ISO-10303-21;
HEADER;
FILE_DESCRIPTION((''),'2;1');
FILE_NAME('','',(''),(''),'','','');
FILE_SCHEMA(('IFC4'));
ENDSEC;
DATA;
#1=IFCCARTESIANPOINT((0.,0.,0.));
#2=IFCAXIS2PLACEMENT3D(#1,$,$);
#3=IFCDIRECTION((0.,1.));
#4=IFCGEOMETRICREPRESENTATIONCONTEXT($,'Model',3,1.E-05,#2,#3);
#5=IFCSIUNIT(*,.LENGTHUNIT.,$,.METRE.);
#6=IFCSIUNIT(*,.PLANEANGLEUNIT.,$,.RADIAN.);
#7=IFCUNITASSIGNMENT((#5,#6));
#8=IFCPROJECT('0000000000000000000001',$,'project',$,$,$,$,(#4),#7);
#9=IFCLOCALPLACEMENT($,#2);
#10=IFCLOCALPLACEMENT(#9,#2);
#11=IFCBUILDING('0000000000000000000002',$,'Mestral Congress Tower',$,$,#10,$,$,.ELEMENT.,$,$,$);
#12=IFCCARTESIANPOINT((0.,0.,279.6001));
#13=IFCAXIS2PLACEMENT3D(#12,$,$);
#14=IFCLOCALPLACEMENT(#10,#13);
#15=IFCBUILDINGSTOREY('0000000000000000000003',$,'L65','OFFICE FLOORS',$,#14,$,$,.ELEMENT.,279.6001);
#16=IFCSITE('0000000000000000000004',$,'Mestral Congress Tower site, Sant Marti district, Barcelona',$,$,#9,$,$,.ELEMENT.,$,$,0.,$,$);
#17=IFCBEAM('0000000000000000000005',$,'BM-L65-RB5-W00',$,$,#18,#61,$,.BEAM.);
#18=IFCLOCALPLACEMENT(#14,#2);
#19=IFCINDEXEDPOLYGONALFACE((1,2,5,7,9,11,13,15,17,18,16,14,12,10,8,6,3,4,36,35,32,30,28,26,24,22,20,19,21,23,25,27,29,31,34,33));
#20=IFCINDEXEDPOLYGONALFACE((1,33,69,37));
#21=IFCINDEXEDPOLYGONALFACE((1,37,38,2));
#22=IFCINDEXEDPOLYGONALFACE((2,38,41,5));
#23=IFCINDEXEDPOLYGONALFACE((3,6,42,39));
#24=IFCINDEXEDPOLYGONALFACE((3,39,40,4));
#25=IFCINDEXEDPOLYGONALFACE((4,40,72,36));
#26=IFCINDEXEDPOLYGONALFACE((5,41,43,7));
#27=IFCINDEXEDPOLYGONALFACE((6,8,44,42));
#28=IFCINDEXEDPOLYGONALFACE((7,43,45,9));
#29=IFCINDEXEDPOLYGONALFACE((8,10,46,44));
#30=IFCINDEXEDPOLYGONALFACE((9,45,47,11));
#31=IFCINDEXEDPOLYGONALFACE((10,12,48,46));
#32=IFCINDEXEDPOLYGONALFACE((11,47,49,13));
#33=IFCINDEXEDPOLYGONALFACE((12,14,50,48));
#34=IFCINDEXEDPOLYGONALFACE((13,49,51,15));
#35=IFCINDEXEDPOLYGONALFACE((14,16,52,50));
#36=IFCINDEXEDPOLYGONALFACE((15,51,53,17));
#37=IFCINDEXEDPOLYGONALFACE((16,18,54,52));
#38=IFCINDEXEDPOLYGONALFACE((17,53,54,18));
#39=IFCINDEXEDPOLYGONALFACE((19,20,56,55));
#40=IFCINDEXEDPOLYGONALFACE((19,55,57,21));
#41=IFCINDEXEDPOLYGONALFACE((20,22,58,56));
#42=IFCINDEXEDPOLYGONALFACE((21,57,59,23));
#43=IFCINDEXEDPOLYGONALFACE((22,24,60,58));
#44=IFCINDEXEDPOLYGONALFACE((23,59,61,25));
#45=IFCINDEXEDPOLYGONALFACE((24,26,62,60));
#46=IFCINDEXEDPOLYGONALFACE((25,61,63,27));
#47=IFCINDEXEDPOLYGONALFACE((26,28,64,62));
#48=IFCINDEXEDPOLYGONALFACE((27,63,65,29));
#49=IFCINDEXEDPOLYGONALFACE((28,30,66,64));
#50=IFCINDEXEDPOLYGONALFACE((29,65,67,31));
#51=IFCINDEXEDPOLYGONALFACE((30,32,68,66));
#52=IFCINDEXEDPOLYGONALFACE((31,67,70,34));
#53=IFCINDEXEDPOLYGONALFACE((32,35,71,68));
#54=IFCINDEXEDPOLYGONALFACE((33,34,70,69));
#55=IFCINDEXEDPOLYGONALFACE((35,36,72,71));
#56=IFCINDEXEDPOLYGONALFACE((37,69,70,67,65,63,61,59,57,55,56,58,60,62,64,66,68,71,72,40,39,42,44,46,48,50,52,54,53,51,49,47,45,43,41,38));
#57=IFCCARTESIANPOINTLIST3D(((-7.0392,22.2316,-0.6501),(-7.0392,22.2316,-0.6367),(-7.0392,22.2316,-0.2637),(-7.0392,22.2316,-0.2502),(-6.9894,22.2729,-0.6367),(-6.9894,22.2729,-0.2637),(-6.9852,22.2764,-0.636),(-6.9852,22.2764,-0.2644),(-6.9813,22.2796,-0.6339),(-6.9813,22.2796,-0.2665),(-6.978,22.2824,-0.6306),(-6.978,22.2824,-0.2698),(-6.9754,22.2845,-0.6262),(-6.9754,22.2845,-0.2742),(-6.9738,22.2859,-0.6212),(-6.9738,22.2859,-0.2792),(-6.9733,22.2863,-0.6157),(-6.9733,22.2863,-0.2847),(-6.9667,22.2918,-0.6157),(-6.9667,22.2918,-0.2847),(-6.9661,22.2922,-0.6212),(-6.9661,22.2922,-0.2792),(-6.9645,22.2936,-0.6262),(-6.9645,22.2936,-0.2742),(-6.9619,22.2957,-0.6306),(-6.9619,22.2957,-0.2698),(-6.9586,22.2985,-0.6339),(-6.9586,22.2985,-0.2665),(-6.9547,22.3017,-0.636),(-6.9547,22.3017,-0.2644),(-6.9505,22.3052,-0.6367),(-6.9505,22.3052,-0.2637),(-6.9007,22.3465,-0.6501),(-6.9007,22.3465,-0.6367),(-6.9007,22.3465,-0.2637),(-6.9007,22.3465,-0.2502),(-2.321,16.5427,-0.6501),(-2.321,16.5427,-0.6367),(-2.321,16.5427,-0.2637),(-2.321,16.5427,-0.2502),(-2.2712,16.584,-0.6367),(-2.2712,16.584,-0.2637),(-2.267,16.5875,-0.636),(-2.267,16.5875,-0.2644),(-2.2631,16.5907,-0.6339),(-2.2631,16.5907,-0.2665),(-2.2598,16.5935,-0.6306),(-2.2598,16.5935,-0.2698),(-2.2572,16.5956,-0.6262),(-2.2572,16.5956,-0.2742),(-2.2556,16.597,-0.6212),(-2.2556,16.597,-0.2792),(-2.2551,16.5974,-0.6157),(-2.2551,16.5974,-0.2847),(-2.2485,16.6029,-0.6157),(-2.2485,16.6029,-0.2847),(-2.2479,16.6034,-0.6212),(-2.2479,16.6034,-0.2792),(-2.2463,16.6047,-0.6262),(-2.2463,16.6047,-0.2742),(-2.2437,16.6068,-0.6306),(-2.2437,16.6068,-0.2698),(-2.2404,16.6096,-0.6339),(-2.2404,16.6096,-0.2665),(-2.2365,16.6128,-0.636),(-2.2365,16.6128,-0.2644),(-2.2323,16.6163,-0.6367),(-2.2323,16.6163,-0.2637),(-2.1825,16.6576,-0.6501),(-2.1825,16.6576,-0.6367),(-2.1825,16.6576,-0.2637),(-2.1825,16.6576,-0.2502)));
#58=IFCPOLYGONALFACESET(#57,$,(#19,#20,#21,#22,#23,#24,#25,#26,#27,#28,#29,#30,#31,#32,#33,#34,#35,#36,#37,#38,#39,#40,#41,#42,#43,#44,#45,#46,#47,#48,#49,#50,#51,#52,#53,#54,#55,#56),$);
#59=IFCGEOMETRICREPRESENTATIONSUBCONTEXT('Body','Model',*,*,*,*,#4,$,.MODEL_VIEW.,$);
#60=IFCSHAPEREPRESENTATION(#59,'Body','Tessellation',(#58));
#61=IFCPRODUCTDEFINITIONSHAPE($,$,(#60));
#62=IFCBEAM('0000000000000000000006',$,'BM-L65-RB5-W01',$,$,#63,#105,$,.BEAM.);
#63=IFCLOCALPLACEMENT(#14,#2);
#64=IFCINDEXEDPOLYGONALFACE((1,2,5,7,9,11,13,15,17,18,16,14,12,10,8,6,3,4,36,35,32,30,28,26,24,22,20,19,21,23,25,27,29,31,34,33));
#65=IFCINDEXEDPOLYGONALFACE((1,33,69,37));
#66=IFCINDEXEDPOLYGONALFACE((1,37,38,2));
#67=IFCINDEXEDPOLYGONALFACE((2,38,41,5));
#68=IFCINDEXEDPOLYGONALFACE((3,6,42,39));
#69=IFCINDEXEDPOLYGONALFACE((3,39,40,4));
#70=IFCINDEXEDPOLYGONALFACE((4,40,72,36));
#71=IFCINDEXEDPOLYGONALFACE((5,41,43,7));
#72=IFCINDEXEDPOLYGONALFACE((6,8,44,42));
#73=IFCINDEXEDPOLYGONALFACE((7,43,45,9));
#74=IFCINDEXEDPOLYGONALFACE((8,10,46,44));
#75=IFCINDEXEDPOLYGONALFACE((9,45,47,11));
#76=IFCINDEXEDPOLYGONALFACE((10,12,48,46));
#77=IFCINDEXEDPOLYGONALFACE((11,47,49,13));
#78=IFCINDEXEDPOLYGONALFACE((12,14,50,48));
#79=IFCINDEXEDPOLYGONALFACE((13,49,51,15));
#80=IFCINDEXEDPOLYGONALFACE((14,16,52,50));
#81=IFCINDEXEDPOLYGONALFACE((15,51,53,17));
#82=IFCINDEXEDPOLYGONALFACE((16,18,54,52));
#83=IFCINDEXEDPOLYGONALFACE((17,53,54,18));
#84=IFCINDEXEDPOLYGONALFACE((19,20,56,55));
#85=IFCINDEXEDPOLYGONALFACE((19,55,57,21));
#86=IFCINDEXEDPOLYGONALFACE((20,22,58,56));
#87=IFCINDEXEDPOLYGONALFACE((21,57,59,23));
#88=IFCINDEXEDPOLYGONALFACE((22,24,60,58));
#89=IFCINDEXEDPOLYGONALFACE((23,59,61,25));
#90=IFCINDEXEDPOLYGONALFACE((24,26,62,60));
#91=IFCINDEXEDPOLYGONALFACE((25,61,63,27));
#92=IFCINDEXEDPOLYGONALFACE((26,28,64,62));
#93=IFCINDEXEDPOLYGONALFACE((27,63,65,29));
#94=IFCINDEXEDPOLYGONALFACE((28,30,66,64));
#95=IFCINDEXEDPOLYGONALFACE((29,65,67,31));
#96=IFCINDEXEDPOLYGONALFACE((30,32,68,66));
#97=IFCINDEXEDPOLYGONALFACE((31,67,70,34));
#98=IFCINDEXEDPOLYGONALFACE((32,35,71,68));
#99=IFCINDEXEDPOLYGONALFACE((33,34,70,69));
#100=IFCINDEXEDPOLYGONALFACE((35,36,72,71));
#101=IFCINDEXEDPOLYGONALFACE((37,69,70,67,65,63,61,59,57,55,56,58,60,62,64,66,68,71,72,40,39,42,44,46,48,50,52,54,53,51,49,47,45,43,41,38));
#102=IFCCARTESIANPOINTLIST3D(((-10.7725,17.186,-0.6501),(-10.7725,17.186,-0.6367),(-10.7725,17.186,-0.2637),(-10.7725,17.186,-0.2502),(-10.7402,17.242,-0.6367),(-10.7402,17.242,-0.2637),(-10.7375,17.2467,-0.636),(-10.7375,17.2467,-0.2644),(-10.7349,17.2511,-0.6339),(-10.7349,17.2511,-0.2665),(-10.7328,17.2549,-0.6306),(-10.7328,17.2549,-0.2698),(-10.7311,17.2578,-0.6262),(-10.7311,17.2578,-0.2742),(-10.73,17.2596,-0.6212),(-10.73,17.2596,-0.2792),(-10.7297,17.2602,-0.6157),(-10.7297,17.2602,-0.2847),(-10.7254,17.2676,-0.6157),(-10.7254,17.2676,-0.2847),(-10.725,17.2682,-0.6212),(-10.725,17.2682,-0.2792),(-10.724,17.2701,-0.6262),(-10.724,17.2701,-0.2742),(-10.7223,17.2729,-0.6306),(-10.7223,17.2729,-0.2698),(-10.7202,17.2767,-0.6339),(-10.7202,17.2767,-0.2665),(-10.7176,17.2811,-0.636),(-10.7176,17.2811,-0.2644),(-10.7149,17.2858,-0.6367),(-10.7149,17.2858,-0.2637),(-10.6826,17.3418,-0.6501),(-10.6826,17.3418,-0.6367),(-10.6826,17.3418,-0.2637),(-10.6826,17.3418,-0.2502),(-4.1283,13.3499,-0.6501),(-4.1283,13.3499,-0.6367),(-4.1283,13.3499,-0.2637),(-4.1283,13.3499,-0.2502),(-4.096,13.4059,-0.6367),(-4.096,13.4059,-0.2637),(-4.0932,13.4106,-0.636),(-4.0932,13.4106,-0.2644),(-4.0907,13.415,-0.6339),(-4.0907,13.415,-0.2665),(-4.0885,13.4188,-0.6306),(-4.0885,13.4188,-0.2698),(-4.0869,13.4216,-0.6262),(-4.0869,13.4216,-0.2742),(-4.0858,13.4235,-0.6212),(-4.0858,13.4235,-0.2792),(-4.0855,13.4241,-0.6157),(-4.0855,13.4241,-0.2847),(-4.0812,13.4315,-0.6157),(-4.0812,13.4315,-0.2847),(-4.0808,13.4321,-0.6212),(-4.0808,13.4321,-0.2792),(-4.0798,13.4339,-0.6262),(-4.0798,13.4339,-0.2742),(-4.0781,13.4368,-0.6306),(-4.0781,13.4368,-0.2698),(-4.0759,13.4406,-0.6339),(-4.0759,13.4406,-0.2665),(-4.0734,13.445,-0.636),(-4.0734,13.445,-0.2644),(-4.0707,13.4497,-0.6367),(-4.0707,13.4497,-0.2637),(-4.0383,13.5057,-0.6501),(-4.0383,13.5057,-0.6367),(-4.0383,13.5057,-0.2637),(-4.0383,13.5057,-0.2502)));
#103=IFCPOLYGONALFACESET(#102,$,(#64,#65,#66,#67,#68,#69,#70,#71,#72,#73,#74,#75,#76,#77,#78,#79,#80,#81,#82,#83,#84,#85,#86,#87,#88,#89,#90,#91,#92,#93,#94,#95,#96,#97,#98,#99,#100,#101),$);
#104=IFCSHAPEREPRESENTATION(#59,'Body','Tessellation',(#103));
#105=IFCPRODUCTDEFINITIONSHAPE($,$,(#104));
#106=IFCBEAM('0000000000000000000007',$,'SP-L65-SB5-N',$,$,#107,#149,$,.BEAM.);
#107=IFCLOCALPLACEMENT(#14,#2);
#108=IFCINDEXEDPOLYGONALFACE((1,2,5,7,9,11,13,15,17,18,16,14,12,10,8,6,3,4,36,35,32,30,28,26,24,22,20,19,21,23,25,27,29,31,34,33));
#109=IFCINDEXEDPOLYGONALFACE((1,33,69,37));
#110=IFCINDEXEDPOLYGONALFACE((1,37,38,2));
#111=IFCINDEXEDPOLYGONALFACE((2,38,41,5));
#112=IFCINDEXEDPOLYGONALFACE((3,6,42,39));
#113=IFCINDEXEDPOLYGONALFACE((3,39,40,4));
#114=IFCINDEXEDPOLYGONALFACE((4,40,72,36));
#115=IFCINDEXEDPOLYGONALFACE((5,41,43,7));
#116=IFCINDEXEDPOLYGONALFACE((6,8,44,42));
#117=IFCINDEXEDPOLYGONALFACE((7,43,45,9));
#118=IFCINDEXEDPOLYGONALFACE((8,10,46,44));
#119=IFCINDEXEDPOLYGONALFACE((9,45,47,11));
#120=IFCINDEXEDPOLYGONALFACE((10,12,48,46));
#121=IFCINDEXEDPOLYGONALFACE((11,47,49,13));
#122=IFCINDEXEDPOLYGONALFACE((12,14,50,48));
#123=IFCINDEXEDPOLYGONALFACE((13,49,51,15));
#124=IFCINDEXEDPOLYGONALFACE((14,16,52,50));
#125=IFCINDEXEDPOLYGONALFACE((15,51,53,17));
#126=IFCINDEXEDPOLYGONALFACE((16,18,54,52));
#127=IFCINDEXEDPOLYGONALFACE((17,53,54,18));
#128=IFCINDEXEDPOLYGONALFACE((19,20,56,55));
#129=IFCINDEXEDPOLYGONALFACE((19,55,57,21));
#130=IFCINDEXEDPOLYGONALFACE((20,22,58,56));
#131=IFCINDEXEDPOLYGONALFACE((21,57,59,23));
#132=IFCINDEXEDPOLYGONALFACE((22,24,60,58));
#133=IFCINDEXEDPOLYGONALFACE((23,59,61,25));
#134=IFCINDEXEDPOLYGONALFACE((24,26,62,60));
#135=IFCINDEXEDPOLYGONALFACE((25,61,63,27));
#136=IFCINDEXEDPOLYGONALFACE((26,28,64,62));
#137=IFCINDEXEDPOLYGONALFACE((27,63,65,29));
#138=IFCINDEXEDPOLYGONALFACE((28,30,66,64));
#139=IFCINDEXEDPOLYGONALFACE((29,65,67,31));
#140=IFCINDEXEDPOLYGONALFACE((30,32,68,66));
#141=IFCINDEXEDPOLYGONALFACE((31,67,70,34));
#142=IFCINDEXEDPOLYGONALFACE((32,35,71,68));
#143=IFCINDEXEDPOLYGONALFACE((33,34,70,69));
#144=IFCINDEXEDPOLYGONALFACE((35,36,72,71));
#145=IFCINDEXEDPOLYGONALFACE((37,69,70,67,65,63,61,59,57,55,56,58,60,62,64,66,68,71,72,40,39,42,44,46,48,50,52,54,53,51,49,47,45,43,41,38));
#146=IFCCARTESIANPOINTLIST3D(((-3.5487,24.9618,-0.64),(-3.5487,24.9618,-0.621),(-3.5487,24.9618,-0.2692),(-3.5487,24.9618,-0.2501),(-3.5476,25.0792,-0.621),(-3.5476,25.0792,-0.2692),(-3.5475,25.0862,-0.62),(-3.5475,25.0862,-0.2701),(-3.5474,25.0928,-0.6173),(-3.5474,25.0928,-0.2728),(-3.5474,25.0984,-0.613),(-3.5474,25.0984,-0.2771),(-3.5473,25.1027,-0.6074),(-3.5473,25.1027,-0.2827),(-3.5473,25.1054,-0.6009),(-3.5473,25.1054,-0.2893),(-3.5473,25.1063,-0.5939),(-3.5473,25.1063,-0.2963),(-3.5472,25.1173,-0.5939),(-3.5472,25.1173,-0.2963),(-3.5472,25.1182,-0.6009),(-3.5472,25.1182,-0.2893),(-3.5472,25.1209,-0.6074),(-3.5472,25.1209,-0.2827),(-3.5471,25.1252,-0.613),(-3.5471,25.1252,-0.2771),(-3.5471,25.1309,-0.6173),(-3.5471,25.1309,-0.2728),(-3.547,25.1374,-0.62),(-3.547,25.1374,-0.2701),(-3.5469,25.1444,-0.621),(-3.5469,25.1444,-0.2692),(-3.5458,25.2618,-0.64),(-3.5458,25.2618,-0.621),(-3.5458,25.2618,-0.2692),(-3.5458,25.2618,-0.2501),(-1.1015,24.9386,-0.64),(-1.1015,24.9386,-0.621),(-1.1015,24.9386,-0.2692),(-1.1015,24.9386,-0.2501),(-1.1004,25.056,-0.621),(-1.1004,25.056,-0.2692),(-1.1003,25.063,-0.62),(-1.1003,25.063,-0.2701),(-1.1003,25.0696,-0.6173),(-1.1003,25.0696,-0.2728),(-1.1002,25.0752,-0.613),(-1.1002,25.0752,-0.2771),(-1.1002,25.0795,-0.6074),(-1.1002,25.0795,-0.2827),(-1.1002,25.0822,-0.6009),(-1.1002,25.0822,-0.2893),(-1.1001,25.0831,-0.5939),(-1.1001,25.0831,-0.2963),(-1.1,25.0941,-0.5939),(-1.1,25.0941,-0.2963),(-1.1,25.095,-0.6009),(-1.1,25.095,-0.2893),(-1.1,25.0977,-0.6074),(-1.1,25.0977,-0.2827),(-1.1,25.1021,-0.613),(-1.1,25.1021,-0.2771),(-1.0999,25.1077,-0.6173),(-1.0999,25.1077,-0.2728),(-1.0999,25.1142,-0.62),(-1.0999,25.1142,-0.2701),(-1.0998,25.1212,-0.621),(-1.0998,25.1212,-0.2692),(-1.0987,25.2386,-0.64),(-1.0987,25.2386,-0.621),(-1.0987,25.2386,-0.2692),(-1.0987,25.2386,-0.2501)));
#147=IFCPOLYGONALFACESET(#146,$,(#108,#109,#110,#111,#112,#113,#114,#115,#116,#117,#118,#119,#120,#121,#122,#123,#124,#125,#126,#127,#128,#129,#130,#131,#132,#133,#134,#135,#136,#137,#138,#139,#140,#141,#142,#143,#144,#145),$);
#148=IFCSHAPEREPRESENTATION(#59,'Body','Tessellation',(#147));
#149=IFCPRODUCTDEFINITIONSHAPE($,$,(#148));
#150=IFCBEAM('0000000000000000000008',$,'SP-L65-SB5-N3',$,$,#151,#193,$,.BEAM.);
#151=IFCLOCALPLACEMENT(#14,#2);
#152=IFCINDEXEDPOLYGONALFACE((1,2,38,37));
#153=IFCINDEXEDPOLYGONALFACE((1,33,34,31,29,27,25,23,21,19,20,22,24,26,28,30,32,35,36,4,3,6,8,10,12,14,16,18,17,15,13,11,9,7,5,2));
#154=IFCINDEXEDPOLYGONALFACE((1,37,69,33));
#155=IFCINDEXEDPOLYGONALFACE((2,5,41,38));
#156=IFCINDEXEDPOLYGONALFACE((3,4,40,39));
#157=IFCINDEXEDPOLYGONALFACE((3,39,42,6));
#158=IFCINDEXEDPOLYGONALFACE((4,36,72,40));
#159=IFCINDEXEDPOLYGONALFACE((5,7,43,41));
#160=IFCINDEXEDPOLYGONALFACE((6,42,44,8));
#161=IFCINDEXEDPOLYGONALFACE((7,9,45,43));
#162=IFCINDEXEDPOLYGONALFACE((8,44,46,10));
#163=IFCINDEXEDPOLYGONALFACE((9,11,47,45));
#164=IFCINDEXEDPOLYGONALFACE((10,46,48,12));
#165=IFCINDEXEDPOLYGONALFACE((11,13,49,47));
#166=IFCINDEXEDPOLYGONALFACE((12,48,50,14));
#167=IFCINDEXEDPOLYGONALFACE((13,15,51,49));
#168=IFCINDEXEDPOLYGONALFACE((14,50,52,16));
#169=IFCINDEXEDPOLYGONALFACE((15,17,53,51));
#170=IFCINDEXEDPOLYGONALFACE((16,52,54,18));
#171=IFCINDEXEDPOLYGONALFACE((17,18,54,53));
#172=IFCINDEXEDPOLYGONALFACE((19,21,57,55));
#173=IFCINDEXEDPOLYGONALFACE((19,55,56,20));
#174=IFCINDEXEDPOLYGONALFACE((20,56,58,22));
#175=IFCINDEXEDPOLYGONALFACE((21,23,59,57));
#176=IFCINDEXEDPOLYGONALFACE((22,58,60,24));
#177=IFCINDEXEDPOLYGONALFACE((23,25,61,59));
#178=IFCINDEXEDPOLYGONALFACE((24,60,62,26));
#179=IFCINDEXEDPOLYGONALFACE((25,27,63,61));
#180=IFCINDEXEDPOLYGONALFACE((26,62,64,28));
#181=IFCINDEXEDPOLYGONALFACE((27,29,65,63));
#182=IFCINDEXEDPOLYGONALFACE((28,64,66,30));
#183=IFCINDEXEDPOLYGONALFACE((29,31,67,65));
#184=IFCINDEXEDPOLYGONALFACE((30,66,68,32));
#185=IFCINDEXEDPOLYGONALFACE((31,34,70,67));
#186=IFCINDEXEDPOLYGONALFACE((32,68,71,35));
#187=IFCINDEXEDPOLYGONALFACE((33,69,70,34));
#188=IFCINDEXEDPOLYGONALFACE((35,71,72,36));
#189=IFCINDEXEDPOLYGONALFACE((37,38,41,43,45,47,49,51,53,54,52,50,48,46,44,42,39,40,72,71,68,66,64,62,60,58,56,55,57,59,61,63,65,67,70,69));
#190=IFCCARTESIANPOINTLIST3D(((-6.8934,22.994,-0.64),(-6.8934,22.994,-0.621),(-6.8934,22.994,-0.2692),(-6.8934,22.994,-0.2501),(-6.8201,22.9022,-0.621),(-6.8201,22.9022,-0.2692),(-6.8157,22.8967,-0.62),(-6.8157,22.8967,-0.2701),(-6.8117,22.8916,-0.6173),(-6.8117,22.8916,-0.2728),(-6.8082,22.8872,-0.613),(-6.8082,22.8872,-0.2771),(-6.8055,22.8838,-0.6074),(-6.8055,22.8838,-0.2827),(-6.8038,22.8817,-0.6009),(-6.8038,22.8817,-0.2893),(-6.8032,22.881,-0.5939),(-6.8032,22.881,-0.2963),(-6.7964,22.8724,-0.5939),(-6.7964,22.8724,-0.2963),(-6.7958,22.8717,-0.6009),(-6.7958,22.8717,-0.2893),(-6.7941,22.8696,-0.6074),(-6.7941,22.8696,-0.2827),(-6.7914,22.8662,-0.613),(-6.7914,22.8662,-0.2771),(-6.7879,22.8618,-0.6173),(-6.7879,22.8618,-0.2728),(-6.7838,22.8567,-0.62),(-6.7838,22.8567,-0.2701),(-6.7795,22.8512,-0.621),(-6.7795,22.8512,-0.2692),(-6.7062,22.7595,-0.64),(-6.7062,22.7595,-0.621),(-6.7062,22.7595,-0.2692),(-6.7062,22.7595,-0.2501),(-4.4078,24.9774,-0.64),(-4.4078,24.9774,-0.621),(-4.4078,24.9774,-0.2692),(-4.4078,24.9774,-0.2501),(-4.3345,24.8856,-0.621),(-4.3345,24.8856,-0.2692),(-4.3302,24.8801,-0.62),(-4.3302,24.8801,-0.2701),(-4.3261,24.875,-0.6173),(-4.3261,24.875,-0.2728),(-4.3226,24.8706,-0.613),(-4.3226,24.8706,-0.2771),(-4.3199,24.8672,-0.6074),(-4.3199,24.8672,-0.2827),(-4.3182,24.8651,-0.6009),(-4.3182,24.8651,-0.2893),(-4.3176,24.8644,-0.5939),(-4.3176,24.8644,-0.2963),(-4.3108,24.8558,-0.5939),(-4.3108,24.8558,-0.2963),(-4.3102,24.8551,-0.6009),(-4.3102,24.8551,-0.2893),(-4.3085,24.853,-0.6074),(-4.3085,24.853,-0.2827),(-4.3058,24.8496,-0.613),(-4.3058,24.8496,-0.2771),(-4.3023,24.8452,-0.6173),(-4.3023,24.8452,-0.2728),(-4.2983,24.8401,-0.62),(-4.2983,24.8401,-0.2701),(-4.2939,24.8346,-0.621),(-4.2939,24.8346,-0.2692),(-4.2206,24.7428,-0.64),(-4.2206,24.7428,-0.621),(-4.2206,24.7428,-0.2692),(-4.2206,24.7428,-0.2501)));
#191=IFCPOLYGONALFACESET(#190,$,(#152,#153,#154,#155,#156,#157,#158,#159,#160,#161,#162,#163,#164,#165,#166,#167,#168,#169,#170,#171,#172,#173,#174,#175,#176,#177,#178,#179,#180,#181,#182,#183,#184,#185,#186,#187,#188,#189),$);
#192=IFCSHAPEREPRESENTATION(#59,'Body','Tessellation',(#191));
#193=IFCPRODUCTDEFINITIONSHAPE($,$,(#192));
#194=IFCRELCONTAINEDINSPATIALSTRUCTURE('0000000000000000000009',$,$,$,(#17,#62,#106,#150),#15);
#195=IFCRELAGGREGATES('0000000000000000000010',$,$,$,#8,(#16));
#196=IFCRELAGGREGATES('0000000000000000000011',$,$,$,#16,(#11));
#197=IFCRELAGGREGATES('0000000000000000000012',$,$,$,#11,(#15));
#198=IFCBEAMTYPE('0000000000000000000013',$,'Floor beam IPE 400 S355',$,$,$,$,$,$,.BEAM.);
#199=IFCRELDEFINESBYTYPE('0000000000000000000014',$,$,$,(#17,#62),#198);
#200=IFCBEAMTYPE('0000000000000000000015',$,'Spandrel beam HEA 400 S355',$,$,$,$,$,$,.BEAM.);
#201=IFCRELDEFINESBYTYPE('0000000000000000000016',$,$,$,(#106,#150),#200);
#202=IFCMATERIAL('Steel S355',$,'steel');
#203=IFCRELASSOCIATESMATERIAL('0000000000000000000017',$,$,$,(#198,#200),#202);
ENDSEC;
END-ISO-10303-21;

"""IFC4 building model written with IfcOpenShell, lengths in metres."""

from ifc_helpers import new_model, si_unit, direction, frame, origin, origin_2d, place, context, subcontext, project, spatial, i_section, extrude, material, material_profile, profile_set, type_object, element, save


model = new_model("IFC4")

# Units and contexts
model_context = context("Model", 3, precision=1e-05, world=origin(), true_north=direction((0.0, 1.0)))
body_context = subcontext(model_context, "Body", "Model", "MODEL_VIEW")
ifc_project = project(units=[si_unit("LENGTHUNIT", "METRE"), si_unit("PLANEANGLEUNIT", "RADIAN")], contexts=[model_context])

# Site, building, storey
site_placement = place(None, origin())
site = spatial("IfcSite", under=ifc_project, at=site_placement, Name="Mestral Congress Tower site, Sant Marti district, Barcelona", CompositionType="ELEMENT", RefElevation=0.0)
building_placement = place(site_placement, origin())
building = spatial("IfcBuilding", under=site, at=building_placement, Name="Mestral Congress Tower", CompositionType="ELEMENT")
storey_placement = place(building_placement, frame((0.0, 0.0, 279.6001)))
storey = spatial("IfcBuildingStorey", under=building, at=storey_placement, Name="L65", Description="OFFICE FLOORS", CompositionType="ELEMENT", Elevation=279.6001)

# Beams
ifc_material_1 = material(Name="Steel S355", Category="steel")
ifc_material_profile_1 = material_profile(ifc_material_1, i_section(OverallWidth=0.1799, OverallDepth=0.3999, WebThickness=0.0085, FlangeThickness=0.0134, FilletRadius=0.021, at=origin_2d()), Name="IPE 400")
ifc_profile_set_1 = profile_set([ifc_material_profile_1], Name="Steel S355")
beam_type_1 = type_object("IfcBeamType", Name="Floor beam IPE 400 S355", PredefinedType="BEAM", material=ifc_profile_set_1)
beam_1_placement = place(storey_placement, frame((-6.97, 22.2891, -0.4502), z_axis=(0.638383, -0.769719, 0.0), x_axis=(0.769719, 0.638383, 0.0)))
element("IfcBeam", 1, at=beam_1_placement, inside=storey, type_object=beam_type_1, Name="BM-L65-RB5-W00", PredefinedType="BEAM", context=body_context, shape_type="SweptSolid", body=[
    extrude(i_section(OverallWidth=0.1799, OverallDepth=0.3999, WebThickness=0.0085, FlangeThickness=0.0134, FilletRadius=0.021, at=origin_2d()), origin(), (0.0, 0.0, 1.0), 7.3909),
])
beam_2_placement = place(storey_placement, frame((-10.7275, 17.2639, -0.4502), z_axis=(0.86602, -0.50001, 0.0), x_axis=(0.50001, 0.86602, 0.0)))
element("IfcBeam", 2, at=beam_2_placement, inside=storey, type_object=beam_type_1, Name="BM-L65-RB5-W01", PredefinedType="BEAM", context=body_context, shape_type="SweptSolid", body=[
    extrude(i_section(OverallWidth=0.1799, OverallDepth=0.3999, WebThickness=0.0085, FlangeThickness=0.0134, FilletRadius=0.021, at=origin_2d()), origin(), (0.0, 0.0, 1.0), 7.6721),
])
ifc_material_profile_2 = material_profile(ifc_material_1, i_section(OverallWidth=0.3, OverallDepth=0.3899, WebThickness=0.011, FlangeThickness=0.019, FilletRadius=0.0271, at=origin_2d()), Name="HEA 400")
ifc_profile_set_2 = profile_set([ifc_material_profile_2], Name="Steel S355")
beam_type_2 = type_object("IfcBeamType", Name="Spandrel beam HEA 400 S355", PredefinedType="BEAM", material=ifc_profile_set_2)
beam_3_placement = place(storey_placement, frame((-1.1001, 25.0886, -0.4451), z_axis=(-0.999955, 0.009477, 0.0), x_axis=(-0.009477, -0.999955, 0.0)))
element("IfcBeam", 3, at=beam_3_placement, inside=storey, type_object=beam_type_2, Name="SP-L65-SB5-N", PredefinedType="BEAM", context=body_context, shape_type="SweptSolid", body=[
    extrude(i_section(OverallWidth=0.3, OverallDepth=0.3899, WebThickness=0.011, FlangeThickness=0.019, FilletRadius=0.0271, at=origin_2d()), origin(), (0.0, 0.0, 1.0), 2.4473),
])
beam_4_placement = place(storey_placement, frame((-4.3142, 24.8601, -0.4451), z_axis=(-0.781647, -0.623721, 0.0), x_axis=(0.623721, -0.781647, 0.0)))
element("IfcBeam", 4, at=beam_4_placement, inside=storey, type_object=beam_type_2, Name="SP-L65-SB5-N3", PredefinedType="BEAM", context=body_context, shape_type="SweptSolid", body=[
    extrude(i_section(OverallWidth=0.3, OverallDepth=0.3899, WebThickness=0.011, FlangeThickness=0.019, FilletRadius=0.0271, at=origin_2d()), origin(), (0.0, 0.0, 1.0), 3.1799),
])

save(model, "model.ifc")
